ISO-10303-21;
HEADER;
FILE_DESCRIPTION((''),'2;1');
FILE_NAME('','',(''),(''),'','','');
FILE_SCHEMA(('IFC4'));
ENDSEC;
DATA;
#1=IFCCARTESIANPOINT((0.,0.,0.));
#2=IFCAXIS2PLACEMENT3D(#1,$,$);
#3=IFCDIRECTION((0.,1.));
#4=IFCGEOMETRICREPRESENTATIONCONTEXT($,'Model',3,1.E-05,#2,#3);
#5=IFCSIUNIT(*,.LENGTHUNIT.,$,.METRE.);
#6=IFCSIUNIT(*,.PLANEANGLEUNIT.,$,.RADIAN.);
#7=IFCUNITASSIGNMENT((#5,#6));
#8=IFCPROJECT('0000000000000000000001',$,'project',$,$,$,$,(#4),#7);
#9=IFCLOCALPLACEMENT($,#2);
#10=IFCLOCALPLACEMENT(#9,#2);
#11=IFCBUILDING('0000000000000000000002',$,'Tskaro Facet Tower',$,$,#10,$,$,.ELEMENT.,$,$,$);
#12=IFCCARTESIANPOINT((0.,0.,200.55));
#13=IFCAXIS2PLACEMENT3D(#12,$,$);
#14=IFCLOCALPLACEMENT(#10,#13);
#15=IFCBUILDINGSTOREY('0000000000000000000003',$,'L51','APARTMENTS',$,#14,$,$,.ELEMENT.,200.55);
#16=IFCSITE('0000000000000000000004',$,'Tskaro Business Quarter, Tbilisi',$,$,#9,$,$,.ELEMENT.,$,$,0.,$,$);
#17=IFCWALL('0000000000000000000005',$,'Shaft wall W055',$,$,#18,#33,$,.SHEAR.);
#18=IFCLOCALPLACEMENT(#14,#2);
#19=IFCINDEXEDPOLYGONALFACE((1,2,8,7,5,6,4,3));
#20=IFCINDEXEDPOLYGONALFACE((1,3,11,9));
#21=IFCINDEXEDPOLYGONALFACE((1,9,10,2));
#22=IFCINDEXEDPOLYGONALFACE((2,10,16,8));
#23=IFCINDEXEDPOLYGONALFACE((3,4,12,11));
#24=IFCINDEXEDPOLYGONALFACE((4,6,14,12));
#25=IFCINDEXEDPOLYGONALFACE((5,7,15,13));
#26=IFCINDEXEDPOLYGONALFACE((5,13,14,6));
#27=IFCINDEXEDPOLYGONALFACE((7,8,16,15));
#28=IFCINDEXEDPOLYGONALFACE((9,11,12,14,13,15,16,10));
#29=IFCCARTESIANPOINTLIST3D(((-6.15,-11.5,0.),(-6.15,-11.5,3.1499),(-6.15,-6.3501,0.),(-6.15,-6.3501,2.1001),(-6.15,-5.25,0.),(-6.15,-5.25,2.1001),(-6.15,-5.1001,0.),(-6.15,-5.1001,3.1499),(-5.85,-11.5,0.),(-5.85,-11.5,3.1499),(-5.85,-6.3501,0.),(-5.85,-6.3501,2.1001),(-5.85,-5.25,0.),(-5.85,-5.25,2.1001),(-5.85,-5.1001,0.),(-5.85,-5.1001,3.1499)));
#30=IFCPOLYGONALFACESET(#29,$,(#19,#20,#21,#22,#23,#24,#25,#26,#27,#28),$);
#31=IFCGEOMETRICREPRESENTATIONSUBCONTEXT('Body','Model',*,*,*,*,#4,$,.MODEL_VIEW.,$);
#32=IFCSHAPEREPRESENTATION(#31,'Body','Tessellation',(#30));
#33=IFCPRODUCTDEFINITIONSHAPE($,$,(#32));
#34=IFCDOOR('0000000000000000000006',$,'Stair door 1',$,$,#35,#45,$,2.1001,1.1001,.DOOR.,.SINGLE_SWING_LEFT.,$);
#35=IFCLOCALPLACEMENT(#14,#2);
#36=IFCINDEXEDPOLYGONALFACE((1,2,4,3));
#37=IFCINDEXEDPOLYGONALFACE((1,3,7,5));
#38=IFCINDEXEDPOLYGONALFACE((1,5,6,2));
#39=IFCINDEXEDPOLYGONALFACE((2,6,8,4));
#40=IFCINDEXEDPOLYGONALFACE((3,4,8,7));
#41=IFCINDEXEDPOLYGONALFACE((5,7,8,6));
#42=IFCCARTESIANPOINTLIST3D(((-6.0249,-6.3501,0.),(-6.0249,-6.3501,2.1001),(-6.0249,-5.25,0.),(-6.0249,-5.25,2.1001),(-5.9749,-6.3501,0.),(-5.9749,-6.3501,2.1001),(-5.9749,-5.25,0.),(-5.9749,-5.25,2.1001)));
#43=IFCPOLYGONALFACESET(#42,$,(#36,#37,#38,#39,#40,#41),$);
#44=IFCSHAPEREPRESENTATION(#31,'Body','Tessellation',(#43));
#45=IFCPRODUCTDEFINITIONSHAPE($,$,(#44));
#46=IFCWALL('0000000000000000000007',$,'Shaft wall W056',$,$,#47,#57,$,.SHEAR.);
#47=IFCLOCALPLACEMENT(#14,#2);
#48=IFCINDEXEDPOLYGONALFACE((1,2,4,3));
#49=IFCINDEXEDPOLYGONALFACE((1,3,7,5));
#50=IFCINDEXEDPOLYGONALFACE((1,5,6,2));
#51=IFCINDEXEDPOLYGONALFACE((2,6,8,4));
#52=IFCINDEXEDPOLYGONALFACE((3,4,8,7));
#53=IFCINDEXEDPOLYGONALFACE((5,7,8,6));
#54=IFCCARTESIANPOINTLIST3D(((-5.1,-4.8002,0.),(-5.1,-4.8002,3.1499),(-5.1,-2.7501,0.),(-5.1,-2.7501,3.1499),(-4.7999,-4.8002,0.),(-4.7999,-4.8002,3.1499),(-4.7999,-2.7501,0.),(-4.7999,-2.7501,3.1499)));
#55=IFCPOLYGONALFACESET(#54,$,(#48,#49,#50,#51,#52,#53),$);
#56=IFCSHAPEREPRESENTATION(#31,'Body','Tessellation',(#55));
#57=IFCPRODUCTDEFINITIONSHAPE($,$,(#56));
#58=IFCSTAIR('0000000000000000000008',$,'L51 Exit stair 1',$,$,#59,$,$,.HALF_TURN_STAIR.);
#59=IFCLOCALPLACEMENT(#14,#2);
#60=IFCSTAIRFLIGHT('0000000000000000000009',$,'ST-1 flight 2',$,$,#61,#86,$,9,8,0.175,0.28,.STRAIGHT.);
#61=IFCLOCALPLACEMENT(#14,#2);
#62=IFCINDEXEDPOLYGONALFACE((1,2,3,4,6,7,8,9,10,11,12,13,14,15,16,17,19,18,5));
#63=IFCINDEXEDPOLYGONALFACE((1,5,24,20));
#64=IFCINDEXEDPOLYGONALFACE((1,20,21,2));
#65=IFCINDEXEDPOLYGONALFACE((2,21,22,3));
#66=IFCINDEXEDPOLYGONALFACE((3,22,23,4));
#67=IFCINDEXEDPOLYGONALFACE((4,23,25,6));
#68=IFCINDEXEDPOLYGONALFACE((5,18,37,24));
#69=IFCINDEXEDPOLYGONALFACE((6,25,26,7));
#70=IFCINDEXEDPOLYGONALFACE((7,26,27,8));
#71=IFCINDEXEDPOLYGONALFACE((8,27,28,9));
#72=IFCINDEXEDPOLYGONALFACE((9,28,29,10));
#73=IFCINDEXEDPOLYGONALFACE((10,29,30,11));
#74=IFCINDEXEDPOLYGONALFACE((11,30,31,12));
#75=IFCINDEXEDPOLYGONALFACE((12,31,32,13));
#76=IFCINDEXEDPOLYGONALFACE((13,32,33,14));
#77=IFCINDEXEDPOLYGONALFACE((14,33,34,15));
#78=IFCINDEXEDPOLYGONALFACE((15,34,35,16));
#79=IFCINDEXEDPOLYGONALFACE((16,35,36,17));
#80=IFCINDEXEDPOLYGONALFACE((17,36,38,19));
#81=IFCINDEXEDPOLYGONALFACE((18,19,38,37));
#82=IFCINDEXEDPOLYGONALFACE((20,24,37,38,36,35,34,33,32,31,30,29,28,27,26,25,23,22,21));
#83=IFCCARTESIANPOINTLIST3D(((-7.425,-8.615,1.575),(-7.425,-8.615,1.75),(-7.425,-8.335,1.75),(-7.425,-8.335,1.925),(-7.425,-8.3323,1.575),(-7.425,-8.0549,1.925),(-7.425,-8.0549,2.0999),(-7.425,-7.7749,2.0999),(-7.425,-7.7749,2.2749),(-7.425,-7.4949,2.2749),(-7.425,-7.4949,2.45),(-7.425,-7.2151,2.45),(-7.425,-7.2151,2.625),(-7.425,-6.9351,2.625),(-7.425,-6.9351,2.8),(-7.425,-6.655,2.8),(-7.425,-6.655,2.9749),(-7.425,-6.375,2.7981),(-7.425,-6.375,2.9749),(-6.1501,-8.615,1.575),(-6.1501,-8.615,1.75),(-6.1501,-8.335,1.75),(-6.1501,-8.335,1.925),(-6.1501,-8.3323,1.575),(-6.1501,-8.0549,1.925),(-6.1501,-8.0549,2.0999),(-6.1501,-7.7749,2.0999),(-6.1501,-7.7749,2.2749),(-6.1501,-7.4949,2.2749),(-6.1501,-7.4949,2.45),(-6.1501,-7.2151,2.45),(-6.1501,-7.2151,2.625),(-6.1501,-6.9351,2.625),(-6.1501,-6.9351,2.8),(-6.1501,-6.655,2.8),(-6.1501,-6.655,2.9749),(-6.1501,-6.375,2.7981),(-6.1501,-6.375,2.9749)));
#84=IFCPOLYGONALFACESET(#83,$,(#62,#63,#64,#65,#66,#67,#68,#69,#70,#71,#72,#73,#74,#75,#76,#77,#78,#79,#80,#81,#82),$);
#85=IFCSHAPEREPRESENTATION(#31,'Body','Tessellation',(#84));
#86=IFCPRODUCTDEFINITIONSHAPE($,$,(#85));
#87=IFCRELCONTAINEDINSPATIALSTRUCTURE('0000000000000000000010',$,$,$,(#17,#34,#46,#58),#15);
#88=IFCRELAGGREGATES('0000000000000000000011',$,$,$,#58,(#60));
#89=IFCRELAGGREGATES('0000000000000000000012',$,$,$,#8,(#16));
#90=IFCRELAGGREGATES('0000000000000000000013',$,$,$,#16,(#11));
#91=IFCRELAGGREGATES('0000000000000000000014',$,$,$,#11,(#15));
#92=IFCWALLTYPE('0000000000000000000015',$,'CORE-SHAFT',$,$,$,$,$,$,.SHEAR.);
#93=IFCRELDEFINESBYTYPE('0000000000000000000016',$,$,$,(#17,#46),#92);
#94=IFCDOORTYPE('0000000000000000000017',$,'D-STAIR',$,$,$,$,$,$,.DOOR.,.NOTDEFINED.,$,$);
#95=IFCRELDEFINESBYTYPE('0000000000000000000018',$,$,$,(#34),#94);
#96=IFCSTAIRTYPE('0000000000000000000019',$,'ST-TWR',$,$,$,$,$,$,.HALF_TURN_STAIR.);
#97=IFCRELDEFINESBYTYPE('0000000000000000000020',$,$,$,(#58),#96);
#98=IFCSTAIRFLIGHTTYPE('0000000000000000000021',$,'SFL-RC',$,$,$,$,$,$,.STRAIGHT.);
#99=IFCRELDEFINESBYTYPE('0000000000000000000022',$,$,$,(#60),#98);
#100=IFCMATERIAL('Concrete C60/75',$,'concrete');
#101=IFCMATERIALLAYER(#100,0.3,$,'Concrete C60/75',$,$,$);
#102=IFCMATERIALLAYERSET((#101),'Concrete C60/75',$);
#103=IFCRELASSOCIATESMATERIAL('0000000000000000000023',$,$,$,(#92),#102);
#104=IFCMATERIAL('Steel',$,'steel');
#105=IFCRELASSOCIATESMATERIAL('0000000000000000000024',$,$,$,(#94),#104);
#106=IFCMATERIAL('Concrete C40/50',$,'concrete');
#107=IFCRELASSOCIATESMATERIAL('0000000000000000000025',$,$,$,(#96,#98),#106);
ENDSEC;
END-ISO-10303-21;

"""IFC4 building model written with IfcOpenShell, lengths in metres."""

from ifc_helpers import new_model, si_unit, direction, frame, frame_2d, origin, place, context, subcontext, project, spatial, polyline, rectangle, outline, extrude, material, layer, layer_set, type_object, element, fill, aggregate, save


model = new_model("IFC4")

# Units and contexts
model_context = context("Model", 3, precision=1e-05, world=origin(), true_north=direction((0.0, 1.0)))
body_context = subcontext(model_context, "Body", "Model", "MODEL_VIEW")
ifc_project = project(units=[si_unit("LENGTHUNIT", "METRE"), si_unit("PLANEANGLEUNIT", "RADIAN")], contexts=[model_context])

# Site, building, storey
site_placement = place(None, origin())
site = spatial("IfcSite", under=ifc_project, at=site_placement, Name="Tskaro Business Quarter, Tbilisi", CompositionType="ELEMENT", RefElevation=0.0)
building_placement = place(site_placement, origin())
building = spatial("IfcBuilding", under=site, at=building_placement, Name="Tskaro Facet Tower", CompositionType="ELEMENT")
storey_placement = place(building_placement, frame((0.0, 0.0, 200.55)))
storey = spatial("IfcBuildingStorey", under=building, at=storey_placement, Name="L51", Description="APARTMENTS", CompositionType="ELEMENT", Elevation=200.55)

# Shared definitions
ifc_material_1 = material(Name="Concrete C60/75", Category="concrete")
ifc_layer = layer(ifc_material_1, 0.3, Name="Concrete C60/75")
ifc_layer_set = layer_set([ifc_layer], Name="Concrete C60/75")
wall_type = type_object("IfcWallType", Name="CORE-SHAFT", PredefinedType="SHEAR", material=ifc_layer_set)

# Wall, opening, door
wall_1_placement = place(storey_placement, frame((-6.0, -11.5, 0.0), z_axis=(0.0, 0.0, 1.0), x_axis=(0.0, 1.0, 0.0)))
wall_1 = element("IfcWall", 1, at=wall_1_placement, inside=storey, type_object=wall_type, Name="Shaft wall W055", PredefinedType="SHEAR", context=body_context, shape_type="SweptSolid", body=[
    extrude(rectangle(XDim=6.3999, YDim=0.3, at=frame_2d((3.2, 0.0))), origin(), (0.0, 0.0, 1.0), 3.1499),
])
opening_1_placement = place(wall_1_placement, frame((5.1499, 0.0, 0.0)))
opening_1 = element("IfcOpeningElement", 2, at=opening_1_placement, cuts=wall_1, PredefinedType="OPENING", context=body_context, shape_type="SweptSolid", body=[
    extrude(rectangle(XDim=1.1001, YDim=2.1001, at=frame_2d((0.55, 1.05))), frame((0.0, 0.1599, 0.0), z_axis=(0.0, -1.0, 0.0), x_axis=(1.0, 0.0, 0.0)), (0.0, 0.0, 1.0), 0.3201),
])
ifc_material_2 = material(Name="Steel", Category="steel")
door_type_1 = type_object("IfcDoorType", Name="D-STAIR", OperationType="NOTDEFINED", PredefinedType="DOOR", material=ifc_material_2)
door_1_placement = place(opening_1_placement, origin())
door_1 = element("IfcDoor", 3, at=door_1_placement, inside=storey, type_object=door_type_1, Name="Stair door 1", OperationType="SINGLE_SWING_LEFT", OverallHeight=2.1001, OverallWidth=1.1001, PredefinedType="DOOR", context=body_context, shape_type="SweptSolid", body=[
    extrude(rectangle(XDim=1.1001, YDim=2.1001, at=frame_2d((0.55, 1.05))), frame((0.0, 0.0249, 0.0), z_axis=(0.0, -1.0, 0.0), x_axis=(1.0, 0.0, 0.0)), (0.0, 0.0, 1.0), 0.05),
])
fill(opening_1, door_1)

# Wall
wall_2_placement = place(storey_placement, frame((-4.95, -4.8, 0.0), z_axis=(0.0, 0.0, 1.0), x_axis=(0.0, 1.0, 0.0)))
element("IfcWall", 4, at=wall_2_placement, inside=storey, type_object=wall_type, Name="Shaft wall W056", PredefinedType="SHEAR", context=body_context, shape_type="SweptSolid", body=[
    extrude(rectangle(XDim=2.05, YDim=0.3, at=frame_2d((1.0249, 0.0))), origin(), (0.0, 0.0, 1.0), 3.1499),
])

# Stair, stair flight
ifc_material_3 = material(Name="Concrete C40/50", Category="concrete")
stair_type = type_object("IfcStairType", Name="ST-TWR", PredefinedType="HALF_TURN_STAIR", material=ifc_material_3)
stair_placement = place(storey_placement, origin())
stair = element("IfcStair", 5, at=stair_placement, inside=storey, type_object=stair_type, Name="L51 Exit stair 1", PredefinedType="HALF_TURN_STAIR")
stair_flight_type = type_object("IfcStairFlightType", Name="SFL-RC", PredefinedType="STRAIGHT", material=ifc_material_3)
stair_flight_placement = place(storey_placement, frame((-6.7876, -8.615, 1.575), z_axis=(0.0, 0.0, 1.0), x_axis=(0.0, 1.0, 0.0)))
stair_flight = element("IfcStairFlight", 6, at=stair_flight_placement, type_object=stair_flight_type, Name="ST-1 flight 2", NumberOfRisers=9, NumberOfTreads=8, PredefinedType="STRAIGHT", RiserHeight=0.175, TreadLength=0.28, context=body_context, shape_type="SweptSolid", body=[
    extrude(outline(polyline([(0.0, 0.0), (0.0, 0.175), (0.28, 0.175), (0.28, 0.3501), (0.5601, 0.3501), (0.5601, 0.5249), (0.8401, 0.5249), (0.8401, 0.7), (1.1201, 0.7), (1.1201, 0.875), (1.3999, 0.875), (1.3999, 1.05), (1.6799, 1.05), (1.6799, 1.2251), (1.96, 1.2251), (1.96, 1.3999), (2.24, 1.3999), (2.24, 1.575), (2.24, 1.2231), (0.2827, 0.0), (0.0, 0.0)])), frame((0.0, 0.6375, 0.0), z_axis=(0.0, -1.0, 0.0), x_axis=(1.0, 0.0, 0.0)), (0.0, 0.0, 1.0), 1.2749),
])
aggregate(stair, [stair_flight])

save(model, "model.ifc")
